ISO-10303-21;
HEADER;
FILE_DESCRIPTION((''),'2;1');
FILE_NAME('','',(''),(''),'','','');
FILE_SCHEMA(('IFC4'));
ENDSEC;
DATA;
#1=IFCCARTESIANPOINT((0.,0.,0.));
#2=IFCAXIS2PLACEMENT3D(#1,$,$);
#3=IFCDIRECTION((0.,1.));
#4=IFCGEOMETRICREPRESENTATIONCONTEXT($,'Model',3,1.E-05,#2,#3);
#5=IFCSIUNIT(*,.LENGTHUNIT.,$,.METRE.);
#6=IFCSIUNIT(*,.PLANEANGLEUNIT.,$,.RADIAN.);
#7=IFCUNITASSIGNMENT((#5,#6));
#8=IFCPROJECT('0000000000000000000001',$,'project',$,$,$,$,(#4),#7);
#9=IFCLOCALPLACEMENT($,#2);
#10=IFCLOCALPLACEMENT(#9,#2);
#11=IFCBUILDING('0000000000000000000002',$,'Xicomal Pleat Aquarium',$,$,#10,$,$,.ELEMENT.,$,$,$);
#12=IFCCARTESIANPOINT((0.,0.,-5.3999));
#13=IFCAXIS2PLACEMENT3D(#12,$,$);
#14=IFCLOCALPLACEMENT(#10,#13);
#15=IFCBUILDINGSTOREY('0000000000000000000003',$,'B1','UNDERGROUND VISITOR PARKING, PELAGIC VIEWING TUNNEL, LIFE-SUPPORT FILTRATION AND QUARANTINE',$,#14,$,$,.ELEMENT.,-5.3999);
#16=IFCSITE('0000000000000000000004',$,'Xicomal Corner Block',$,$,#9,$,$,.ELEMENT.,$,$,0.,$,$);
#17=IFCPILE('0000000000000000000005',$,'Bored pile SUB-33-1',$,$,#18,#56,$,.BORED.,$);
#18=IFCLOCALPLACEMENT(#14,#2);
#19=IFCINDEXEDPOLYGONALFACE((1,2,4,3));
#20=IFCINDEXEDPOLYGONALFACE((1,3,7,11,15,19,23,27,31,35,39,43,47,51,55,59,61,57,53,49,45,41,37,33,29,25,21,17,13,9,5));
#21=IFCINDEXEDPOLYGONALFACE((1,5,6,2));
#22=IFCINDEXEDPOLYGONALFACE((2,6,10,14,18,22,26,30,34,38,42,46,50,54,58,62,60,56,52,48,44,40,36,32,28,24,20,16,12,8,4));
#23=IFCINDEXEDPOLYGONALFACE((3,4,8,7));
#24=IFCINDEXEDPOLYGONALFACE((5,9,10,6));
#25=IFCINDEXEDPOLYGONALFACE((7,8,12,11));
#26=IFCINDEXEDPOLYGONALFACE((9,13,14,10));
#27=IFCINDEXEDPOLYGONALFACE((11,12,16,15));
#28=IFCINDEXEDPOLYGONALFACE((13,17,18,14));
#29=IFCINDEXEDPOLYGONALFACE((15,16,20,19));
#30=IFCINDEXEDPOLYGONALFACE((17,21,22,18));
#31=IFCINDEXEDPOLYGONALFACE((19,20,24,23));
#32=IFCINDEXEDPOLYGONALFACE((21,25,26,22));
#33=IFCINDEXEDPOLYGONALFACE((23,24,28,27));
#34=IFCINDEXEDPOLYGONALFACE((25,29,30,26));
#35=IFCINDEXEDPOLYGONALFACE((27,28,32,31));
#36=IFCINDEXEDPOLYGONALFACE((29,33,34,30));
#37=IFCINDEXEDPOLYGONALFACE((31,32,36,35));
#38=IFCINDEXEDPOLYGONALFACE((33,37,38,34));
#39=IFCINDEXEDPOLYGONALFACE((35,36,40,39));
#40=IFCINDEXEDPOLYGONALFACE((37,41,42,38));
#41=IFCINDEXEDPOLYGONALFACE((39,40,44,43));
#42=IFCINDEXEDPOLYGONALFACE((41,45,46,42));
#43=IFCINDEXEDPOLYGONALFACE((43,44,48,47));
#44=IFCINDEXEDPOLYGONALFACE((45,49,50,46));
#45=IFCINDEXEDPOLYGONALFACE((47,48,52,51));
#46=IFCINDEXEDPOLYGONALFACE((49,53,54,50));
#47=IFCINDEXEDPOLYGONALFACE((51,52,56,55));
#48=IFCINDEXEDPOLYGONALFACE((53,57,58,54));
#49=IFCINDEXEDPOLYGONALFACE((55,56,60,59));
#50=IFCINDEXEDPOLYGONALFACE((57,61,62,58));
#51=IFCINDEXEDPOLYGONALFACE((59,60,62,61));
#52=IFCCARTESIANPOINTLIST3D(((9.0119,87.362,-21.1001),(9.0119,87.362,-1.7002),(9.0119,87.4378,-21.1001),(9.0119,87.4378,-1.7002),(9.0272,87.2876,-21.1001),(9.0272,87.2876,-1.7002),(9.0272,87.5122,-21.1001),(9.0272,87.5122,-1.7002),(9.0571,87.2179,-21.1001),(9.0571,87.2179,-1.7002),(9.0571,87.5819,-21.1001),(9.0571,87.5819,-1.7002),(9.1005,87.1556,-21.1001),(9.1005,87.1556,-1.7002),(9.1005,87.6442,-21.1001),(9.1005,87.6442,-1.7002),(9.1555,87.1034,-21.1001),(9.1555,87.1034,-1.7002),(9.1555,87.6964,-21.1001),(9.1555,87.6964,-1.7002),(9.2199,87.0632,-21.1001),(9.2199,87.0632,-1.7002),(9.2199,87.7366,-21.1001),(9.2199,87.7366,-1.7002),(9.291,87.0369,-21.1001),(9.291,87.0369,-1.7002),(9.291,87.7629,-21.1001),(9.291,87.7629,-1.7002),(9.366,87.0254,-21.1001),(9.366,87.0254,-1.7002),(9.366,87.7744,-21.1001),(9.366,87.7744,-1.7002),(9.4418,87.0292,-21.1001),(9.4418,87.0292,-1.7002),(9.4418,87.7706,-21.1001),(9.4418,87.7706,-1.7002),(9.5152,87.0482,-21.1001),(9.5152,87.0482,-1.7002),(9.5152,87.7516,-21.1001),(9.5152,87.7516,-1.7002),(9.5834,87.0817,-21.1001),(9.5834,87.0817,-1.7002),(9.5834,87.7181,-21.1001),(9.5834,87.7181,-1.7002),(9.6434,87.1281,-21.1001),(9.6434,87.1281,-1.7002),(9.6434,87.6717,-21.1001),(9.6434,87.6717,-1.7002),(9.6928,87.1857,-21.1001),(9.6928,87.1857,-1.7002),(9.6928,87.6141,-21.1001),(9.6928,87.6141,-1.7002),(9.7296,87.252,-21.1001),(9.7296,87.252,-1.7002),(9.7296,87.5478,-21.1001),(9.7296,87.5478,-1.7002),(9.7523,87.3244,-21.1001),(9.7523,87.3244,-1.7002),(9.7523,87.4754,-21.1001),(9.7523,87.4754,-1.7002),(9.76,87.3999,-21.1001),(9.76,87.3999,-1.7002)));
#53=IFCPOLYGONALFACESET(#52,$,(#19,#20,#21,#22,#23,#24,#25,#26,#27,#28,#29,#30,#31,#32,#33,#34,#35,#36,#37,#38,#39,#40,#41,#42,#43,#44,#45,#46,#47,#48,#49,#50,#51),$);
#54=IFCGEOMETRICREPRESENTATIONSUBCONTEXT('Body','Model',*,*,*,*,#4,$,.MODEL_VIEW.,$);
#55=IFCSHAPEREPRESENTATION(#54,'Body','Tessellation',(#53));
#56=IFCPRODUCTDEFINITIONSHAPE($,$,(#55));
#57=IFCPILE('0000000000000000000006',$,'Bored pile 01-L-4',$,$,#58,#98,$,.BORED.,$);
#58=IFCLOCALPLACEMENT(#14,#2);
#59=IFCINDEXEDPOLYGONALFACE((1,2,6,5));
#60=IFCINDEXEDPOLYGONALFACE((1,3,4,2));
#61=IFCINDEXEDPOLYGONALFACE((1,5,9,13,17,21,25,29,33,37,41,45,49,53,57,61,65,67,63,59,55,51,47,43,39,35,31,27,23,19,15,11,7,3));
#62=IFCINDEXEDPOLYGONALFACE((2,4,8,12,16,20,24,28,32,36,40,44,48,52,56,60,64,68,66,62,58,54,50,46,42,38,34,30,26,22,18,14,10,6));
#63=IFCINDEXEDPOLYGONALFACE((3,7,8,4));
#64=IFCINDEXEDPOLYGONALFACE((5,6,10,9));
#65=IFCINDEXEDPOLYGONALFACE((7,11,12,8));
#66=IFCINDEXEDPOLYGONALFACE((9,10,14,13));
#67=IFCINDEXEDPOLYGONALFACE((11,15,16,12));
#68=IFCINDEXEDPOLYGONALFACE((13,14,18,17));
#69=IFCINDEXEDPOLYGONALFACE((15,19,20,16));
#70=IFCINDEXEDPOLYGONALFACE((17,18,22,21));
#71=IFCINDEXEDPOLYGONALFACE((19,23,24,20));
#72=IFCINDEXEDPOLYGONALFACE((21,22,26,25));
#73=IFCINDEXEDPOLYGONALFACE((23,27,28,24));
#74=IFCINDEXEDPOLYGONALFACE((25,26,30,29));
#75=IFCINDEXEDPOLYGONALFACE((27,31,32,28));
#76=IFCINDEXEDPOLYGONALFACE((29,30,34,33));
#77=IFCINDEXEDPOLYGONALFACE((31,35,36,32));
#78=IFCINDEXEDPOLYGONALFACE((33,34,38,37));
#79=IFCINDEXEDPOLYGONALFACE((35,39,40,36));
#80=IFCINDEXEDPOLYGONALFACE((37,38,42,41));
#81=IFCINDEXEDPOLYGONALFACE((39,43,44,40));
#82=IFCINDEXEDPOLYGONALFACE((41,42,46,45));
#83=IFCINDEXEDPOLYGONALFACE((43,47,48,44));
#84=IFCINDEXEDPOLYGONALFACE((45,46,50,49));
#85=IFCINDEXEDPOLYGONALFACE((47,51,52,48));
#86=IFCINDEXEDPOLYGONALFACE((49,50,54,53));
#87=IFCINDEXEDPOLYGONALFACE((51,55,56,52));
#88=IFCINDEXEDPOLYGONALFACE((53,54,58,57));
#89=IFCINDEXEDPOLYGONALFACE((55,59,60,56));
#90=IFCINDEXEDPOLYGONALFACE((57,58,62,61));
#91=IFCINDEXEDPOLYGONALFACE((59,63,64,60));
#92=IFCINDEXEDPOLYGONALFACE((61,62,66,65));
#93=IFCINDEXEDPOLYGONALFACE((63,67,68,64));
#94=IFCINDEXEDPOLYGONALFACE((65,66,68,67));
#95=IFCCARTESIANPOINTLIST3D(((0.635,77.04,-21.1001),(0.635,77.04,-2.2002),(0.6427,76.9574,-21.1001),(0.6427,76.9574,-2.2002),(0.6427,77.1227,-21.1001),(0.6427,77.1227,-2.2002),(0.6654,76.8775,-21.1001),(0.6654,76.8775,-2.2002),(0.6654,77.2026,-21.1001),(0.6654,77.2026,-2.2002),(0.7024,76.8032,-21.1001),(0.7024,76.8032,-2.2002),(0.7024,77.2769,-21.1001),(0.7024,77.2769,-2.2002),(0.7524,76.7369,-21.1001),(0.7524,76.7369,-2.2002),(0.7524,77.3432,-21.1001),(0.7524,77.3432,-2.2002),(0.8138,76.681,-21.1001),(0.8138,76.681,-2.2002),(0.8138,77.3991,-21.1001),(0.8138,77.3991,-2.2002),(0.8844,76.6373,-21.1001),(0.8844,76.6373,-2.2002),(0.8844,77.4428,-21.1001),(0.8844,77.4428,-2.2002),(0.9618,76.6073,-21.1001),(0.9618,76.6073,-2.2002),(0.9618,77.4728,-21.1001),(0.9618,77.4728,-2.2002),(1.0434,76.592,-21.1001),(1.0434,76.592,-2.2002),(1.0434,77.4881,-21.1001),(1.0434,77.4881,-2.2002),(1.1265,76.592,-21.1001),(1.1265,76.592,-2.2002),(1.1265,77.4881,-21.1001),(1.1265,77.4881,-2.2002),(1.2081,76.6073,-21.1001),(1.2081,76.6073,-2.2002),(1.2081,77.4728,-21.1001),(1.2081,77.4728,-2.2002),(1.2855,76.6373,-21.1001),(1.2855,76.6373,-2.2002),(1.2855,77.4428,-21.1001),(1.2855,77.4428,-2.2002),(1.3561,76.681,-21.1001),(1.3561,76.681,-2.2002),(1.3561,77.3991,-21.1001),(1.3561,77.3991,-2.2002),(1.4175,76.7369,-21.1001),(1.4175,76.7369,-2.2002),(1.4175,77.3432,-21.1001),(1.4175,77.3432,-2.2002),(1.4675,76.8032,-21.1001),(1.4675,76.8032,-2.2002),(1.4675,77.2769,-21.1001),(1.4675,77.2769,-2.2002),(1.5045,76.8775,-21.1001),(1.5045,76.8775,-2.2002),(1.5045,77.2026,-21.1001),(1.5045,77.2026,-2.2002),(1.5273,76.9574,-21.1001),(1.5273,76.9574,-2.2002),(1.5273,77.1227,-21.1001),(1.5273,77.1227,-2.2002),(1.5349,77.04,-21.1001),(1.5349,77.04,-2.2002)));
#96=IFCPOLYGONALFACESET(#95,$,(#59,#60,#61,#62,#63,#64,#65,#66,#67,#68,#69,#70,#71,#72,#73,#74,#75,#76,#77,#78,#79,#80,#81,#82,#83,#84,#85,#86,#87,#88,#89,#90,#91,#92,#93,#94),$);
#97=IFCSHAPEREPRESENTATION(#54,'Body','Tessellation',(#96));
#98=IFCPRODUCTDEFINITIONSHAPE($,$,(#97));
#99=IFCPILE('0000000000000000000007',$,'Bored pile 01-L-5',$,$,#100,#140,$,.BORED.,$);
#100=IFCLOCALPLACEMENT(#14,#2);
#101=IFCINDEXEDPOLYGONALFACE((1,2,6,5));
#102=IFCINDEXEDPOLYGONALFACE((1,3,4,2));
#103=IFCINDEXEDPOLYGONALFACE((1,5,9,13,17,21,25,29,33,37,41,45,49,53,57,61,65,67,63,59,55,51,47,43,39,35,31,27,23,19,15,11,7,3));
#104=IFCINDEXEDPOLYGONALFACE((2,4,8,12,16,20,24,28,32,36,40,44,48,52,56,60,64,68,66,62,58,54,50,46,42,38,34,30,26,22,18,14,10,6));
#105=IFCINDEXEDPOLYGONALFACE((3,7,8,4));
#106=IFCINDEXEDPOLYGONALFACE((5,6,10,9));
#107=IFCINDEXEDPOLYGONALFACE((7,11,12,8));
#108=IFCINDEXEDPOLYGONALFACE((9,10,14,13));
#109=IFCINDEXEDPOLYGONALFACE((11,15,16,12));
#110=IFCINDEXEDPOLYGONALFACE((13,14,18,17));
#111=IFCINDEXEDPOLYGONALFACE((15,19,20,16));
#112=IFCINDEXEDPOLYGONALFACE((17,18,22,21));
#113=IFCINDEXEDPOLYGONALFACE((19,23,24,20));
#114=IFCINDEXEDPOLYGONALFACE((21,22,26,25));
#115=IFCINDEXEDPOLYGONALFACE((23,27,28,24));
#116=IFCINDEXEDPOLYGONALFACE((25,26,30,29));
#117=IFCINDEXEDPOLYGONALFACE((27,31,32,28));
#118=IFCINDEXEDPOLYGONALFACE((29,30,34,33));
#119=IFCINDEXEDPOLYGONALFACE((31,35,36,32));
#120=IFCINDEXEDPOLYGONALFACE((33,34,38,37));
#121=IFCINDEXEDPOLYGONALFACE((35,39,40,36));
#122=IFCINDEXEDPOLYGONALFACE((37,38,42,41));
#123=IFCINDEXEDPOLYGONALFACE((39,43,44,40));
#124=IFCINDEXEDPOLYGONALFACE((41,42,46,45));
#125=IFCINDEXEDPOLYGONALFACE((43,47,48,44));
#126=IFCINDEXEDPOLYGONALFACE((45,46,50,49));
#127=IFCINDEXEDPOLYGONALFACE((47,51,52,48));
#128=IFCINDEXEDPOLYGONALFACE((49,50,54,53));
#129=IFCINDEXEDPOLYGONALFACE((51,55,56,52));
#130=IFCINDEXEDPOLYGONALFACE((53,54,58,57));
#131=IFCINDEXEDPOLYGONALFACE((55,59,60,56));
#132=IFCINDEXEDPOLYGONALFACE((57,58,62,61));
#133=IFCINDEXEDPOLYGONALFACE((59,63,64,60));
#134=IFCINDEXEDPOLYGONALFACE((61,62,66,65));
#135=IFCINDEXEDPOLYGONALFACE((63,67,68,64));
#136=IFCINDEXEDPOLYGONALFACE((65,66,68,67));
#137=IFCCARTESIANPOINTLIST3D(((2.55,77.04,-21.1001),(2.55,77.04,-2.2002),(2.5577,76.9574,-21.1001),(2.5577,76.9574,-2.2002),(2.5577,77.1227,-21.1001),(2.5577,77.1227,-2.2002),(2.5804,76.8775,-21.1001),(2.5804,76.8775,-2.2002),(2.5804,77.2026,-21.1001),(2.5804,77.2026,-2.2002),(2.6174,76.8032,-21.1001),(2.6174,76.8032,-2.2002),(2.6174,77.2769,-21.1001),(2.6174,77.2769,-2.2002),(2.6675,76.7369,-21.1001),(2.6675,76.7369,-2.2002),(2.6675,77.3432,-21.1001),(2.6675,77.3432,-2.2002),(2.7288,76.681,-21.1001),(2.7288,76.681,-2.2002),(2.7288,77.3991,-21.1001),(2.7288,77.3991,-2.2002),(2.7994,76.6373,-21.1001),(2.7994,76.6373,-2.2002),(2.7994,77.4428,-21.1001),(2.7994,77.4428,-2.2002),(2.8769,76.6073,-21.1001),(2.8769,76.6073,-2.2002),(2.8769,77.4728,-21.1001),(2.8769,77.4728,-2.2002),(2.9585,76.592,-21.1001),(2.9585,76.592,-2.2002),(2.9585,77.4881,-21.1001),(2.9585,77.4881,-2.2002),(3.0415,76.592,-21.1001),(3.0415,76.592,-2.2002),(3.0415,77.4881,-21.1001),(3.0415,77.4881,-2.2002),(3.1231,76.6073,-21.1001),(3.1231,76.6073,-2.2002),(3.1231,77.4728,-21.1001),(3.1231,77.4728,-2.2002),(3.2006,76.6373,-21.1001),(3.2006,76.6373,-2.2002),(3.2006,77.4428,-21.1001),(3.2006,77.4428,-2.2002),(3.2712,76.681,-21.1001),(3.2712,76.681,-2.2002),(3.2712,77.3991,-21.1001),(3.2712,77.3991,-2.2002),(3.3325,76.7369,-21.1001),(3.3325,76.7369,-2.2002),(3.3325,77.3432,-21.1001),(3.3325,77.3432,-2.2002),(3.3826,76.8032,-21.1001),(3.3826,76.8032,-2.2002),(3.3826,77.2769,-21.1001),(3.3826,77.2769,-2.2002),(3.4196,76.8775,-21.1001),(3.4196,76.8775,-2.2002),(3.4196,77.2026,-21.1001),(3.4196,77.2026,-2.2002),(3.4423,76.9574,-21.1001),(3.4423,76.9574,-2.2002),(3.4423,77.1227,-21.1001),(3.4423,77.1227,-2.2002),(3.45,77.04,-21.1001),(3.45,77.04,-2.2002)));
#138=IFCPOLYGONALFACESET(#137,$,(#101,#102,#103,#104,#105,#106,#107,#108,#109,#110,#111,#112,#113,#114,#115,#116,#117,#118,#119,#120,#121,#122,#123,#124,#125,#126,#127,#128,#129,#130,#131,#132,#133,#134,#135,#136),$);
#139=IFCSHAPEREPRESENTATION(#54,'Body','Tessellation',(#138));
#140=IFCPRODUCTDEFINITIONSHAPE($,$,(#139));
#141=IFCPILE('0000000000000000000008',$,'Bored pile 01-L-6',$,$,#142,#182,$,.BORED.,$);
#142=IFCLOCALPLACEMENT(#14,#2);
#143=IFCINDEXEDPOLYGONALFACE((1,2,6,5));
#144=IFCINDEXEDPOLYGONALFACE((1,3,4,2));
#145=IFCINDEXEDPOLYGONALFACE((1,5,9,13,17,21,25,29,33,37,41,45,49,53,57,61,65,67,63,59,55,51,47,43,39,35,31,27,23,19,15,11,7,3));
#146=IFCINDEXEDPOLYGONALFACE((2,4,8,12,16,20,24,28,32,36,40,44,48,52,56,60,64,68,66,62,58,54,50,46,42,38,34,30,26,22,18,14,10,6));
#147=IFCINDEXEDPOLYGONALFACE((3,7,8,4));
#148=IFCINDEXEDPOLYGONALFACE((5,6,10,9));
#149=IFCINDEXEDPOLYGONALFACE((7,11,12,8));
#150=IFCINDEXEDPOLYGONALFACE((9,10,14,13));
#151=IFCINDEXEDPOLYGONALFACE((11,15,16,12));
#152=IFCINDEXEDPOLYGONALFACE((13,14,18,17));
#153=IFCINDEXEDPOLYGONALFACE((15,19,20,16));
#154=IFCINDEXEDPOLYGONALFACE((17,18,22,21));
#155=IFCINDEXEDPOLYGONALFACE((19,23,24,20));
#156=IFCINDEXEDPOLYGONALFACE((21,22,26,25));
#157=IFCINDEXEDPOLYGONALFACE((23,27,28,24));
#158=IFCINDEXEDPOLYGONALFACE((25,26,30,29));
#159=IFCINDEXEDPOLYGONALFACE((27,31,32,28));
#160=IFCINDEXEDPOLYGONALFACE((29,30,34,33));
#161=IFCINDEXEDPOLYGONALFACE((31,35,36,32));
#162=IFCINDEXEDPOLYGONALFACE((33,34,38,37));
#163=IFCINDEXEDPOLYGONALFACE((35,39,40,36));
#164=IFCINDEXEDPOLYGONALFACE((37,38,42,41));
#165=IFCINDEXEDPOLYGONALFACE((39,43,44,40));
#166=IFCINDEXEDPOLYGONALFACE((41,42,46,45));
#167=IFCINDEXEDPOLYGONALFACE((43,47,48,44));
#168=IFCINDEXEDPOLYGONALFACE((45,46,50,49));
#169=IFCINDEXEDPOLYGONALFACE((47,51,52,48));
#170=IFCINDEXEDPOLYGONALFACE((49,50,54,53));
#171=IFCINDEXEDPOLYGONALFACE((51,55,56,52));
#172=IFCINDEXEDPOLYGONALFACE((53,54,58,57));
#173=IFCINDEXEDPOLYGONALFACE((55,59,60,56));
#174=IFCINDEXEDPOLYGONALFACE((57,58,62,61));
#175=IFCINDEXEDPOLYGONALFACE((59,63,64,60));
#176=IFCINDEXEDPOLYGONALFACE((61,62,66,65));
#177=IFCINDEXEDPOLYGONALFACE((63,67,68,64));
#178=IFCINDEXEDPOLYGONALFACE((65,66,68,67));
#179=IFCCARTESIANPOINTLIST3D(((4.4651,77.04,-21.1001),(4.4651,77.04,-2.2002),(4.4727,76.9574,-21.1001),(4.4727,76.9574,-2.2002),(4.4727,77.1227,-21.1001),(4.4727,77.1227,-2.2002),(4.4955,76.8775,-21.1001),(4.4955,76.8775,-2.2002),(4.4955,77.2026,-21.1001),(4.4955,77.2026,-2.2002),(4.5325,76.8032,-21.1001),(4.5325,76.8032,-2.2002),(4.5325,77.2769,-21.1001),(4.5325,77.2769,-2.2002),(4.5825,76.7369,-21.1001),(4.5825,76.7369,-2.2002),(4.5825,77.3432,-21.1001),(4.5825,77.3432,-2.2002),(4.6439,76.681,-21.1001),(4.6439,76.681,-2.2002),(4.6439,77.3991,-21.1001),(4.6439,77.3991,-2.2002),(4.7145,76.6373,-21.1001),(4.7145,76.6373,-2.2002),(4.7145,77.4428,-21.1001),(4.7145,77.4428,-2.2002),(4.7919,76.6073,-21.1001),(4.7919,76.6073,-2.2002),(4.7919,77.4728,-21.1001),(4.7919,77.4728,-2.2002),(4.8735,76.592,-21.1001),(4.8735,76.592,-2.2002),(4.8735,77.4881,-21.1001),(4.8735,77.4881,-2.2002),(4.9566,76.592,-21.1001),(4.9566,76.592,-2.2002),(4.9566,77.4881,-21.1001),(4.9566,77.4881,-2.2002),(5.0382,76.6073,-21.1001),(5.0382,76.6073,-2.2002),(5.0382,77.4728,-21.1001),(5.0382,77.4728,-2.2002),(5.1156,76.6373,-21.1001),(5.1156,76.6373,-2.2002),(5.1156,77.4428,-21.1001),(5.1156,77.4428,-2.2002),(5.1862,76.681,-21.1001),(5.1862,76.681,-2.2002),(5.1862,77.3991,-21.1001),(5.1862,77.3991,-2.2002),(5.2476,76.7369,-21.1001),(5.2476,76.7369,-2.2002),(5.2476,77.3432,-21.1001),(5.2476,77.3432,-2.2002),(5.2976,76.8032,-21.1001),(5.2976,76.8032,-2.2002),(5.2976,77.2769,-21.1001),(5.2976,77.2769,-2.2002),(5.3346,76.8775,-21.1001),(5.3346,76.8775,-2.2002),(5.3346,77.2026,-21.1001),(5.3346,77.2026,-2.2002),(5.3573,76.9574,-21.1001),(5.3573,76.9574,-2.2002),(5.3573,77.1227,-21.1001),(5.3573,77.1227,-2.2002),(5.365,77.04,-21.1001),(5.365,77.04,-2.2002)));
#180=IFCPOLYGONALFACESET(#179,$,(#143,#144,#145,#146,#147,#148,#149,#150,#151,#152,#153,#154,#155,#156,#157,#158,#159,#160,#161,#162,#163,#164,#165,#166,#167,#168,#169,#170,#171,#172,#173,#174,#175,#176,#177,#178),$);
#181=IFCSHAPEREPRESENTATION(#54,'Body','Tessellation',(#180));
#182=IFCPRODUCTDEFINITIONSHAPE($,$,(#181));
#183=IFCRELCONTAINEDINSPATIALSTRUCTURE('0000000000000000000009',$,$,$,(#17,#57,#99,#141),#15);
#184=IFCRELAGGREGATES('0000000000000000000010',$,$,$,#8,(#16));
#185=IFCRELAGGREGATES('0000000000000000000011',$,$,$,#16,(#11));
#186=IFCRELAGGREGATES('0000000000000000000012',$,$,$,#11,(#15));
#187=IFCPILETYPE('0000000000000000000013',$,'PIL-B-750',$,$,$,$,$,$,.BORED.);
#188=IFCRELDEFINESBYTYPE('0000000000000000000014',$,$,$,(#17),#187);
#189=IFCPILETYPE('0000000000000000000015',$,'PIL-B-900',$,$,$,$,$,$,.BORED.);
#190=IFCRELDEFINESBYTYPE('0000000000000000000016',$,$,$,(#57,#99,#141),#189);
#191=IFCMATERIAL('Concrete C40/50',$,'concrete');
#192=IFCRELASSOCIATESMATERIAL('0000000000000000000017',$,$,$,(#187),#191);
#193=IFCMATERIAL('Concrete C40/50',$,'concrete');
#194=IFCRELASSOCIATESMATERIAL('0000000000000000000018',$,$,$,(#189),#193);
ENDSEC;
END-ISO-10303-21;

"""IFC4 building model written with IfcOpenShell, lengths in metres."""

from ifc_helpers import new_model, si_unit, direction, frame, origin, origin_2d, place, context, subcontext, project, spatial, circle, extrude, material, material_profile, profile_set, type_object, element, save


model = new_model("IFC4")

# Units and contexts
model_context = context("Model", 3, precision=1e-05, world=origin(), true_north=direction((0.0, 1.0)))
body_context = subcontext(model_context, "Body", "Model", "MODEL_VIEW")
ifc_project = project(units=[si_unit("LENGTHUNIT", "METRE"), si_unit("PLANEANGLEUNIT", "RADIAN")], contexts=[model_context])

# Site, building, storey
site_placement = place(None, origin())
site = spatial("IfcSite", under=ifc_project, at=site_placement, Name="Xicomal Corner Block", CompositionType="ELEMENT", RefElevation=0.0)
building_placement = place(site_placement, origin())
building = spatial("IfcBuilding", under=site, at=building_placement, Name="Xicomal Pleat Aquarium", CompositionType="ELEMENT")
storey_placement = place(building_placement, frame((0.0, 0.0, -5.3999)))
storey = spatial("IfcBuildingStorey", under=building, at=storey_placement, Name="B1", Description="UNDERGROUND VISITOR PARKING, PELAGIC VIEWING TUNNEL, LIFE-SUPPORT FILTRATION AND QUARANTINE", CompositionType="ELEMENT", Elevation=-5.3999)

# Piles
ifc_material_1 = material(Name="Concrete C40/50", Category="concrete")
ifc_material_profile_1 = material_profile(ifc_material_1, circle(Radius=0.375, at=origin_2d()), Name="BORED PILE D750")
ifc_profile_set_1 = profile_set([ifc_material_profile_1], Name="Concrete C40/50")
pile_type_1 = type_object("IfcPileType", Name="PIL-B-750", PredefinedType="BORED", material=ifc_profile_set_1)
pile_1_placement = place(storey_placement, frame((9.385, 87.3999, -1.7002), z_axis=(0.0, 0.0, -1.0), x_axis=(1.0, 0.0, 0.0)))
element("IfcPile", 1, at=pile_1_placement, inside=storey, type_object=pile_type_1, Name="Bored pile SUB-33-1", PredefinedType="BORED", context=body_context, shape_type="SweptSolid", body=[
    extrude(circle(Radius=0.375, at=origin_2d()), origin(), (0.0, 0.0, 1.0), 19.3999),
])
ifc_material_2 = material(Name="Concrete C40/50", Category="concrete")
ifc_material_profile_2 = material_profile(ifc_material_2, circle(Radius=0.45, at=origin_2d()), Name="BORED PILE D900")
ifc_profile_set_2 = profile_set([ifc_material_profile_2], Name="Concrete C40/50")
pile_type_2 = type_object("IfcPileType", Name="PIL-B-900", PredefinedType="BORED", material=ifc_profile_set_2)
for number, where, z_axis, x_axis, name in (
    (2, (1.085, 77.04, -2.2002), (0.0, 0.0, -1.0), (1.0, 0.0, 0.0), "Bored pile 01-L-4"),
    (3, (3.0, 77.04, -2.2002), (0.0, 0.0, -1.0), (1.0, 0.0, 0.0), "Bored pile 01-L-5"),
    (4, (4.915, 77.04, -2.2002), (0.0, 0.0, -1.0), (1.0, 0.0, 0.0), "Bored pile 01-L-6"),
):
    element("IfcPile", number, at=place(storey_placement, frame(where, z_axis=z_axis, x_axis=x_axis)), inside=storey, type_object=pile_type_2, Name=name, PredefinedType="BORED", context=body_context, shape_type="SweptSolid", body=[
        extrude(circle(Radius=0.45, at=origin_2d()), origin(), (0.0, 0.0, 1.0), 18.8999),
    ])

save(model, "model.ifc")
